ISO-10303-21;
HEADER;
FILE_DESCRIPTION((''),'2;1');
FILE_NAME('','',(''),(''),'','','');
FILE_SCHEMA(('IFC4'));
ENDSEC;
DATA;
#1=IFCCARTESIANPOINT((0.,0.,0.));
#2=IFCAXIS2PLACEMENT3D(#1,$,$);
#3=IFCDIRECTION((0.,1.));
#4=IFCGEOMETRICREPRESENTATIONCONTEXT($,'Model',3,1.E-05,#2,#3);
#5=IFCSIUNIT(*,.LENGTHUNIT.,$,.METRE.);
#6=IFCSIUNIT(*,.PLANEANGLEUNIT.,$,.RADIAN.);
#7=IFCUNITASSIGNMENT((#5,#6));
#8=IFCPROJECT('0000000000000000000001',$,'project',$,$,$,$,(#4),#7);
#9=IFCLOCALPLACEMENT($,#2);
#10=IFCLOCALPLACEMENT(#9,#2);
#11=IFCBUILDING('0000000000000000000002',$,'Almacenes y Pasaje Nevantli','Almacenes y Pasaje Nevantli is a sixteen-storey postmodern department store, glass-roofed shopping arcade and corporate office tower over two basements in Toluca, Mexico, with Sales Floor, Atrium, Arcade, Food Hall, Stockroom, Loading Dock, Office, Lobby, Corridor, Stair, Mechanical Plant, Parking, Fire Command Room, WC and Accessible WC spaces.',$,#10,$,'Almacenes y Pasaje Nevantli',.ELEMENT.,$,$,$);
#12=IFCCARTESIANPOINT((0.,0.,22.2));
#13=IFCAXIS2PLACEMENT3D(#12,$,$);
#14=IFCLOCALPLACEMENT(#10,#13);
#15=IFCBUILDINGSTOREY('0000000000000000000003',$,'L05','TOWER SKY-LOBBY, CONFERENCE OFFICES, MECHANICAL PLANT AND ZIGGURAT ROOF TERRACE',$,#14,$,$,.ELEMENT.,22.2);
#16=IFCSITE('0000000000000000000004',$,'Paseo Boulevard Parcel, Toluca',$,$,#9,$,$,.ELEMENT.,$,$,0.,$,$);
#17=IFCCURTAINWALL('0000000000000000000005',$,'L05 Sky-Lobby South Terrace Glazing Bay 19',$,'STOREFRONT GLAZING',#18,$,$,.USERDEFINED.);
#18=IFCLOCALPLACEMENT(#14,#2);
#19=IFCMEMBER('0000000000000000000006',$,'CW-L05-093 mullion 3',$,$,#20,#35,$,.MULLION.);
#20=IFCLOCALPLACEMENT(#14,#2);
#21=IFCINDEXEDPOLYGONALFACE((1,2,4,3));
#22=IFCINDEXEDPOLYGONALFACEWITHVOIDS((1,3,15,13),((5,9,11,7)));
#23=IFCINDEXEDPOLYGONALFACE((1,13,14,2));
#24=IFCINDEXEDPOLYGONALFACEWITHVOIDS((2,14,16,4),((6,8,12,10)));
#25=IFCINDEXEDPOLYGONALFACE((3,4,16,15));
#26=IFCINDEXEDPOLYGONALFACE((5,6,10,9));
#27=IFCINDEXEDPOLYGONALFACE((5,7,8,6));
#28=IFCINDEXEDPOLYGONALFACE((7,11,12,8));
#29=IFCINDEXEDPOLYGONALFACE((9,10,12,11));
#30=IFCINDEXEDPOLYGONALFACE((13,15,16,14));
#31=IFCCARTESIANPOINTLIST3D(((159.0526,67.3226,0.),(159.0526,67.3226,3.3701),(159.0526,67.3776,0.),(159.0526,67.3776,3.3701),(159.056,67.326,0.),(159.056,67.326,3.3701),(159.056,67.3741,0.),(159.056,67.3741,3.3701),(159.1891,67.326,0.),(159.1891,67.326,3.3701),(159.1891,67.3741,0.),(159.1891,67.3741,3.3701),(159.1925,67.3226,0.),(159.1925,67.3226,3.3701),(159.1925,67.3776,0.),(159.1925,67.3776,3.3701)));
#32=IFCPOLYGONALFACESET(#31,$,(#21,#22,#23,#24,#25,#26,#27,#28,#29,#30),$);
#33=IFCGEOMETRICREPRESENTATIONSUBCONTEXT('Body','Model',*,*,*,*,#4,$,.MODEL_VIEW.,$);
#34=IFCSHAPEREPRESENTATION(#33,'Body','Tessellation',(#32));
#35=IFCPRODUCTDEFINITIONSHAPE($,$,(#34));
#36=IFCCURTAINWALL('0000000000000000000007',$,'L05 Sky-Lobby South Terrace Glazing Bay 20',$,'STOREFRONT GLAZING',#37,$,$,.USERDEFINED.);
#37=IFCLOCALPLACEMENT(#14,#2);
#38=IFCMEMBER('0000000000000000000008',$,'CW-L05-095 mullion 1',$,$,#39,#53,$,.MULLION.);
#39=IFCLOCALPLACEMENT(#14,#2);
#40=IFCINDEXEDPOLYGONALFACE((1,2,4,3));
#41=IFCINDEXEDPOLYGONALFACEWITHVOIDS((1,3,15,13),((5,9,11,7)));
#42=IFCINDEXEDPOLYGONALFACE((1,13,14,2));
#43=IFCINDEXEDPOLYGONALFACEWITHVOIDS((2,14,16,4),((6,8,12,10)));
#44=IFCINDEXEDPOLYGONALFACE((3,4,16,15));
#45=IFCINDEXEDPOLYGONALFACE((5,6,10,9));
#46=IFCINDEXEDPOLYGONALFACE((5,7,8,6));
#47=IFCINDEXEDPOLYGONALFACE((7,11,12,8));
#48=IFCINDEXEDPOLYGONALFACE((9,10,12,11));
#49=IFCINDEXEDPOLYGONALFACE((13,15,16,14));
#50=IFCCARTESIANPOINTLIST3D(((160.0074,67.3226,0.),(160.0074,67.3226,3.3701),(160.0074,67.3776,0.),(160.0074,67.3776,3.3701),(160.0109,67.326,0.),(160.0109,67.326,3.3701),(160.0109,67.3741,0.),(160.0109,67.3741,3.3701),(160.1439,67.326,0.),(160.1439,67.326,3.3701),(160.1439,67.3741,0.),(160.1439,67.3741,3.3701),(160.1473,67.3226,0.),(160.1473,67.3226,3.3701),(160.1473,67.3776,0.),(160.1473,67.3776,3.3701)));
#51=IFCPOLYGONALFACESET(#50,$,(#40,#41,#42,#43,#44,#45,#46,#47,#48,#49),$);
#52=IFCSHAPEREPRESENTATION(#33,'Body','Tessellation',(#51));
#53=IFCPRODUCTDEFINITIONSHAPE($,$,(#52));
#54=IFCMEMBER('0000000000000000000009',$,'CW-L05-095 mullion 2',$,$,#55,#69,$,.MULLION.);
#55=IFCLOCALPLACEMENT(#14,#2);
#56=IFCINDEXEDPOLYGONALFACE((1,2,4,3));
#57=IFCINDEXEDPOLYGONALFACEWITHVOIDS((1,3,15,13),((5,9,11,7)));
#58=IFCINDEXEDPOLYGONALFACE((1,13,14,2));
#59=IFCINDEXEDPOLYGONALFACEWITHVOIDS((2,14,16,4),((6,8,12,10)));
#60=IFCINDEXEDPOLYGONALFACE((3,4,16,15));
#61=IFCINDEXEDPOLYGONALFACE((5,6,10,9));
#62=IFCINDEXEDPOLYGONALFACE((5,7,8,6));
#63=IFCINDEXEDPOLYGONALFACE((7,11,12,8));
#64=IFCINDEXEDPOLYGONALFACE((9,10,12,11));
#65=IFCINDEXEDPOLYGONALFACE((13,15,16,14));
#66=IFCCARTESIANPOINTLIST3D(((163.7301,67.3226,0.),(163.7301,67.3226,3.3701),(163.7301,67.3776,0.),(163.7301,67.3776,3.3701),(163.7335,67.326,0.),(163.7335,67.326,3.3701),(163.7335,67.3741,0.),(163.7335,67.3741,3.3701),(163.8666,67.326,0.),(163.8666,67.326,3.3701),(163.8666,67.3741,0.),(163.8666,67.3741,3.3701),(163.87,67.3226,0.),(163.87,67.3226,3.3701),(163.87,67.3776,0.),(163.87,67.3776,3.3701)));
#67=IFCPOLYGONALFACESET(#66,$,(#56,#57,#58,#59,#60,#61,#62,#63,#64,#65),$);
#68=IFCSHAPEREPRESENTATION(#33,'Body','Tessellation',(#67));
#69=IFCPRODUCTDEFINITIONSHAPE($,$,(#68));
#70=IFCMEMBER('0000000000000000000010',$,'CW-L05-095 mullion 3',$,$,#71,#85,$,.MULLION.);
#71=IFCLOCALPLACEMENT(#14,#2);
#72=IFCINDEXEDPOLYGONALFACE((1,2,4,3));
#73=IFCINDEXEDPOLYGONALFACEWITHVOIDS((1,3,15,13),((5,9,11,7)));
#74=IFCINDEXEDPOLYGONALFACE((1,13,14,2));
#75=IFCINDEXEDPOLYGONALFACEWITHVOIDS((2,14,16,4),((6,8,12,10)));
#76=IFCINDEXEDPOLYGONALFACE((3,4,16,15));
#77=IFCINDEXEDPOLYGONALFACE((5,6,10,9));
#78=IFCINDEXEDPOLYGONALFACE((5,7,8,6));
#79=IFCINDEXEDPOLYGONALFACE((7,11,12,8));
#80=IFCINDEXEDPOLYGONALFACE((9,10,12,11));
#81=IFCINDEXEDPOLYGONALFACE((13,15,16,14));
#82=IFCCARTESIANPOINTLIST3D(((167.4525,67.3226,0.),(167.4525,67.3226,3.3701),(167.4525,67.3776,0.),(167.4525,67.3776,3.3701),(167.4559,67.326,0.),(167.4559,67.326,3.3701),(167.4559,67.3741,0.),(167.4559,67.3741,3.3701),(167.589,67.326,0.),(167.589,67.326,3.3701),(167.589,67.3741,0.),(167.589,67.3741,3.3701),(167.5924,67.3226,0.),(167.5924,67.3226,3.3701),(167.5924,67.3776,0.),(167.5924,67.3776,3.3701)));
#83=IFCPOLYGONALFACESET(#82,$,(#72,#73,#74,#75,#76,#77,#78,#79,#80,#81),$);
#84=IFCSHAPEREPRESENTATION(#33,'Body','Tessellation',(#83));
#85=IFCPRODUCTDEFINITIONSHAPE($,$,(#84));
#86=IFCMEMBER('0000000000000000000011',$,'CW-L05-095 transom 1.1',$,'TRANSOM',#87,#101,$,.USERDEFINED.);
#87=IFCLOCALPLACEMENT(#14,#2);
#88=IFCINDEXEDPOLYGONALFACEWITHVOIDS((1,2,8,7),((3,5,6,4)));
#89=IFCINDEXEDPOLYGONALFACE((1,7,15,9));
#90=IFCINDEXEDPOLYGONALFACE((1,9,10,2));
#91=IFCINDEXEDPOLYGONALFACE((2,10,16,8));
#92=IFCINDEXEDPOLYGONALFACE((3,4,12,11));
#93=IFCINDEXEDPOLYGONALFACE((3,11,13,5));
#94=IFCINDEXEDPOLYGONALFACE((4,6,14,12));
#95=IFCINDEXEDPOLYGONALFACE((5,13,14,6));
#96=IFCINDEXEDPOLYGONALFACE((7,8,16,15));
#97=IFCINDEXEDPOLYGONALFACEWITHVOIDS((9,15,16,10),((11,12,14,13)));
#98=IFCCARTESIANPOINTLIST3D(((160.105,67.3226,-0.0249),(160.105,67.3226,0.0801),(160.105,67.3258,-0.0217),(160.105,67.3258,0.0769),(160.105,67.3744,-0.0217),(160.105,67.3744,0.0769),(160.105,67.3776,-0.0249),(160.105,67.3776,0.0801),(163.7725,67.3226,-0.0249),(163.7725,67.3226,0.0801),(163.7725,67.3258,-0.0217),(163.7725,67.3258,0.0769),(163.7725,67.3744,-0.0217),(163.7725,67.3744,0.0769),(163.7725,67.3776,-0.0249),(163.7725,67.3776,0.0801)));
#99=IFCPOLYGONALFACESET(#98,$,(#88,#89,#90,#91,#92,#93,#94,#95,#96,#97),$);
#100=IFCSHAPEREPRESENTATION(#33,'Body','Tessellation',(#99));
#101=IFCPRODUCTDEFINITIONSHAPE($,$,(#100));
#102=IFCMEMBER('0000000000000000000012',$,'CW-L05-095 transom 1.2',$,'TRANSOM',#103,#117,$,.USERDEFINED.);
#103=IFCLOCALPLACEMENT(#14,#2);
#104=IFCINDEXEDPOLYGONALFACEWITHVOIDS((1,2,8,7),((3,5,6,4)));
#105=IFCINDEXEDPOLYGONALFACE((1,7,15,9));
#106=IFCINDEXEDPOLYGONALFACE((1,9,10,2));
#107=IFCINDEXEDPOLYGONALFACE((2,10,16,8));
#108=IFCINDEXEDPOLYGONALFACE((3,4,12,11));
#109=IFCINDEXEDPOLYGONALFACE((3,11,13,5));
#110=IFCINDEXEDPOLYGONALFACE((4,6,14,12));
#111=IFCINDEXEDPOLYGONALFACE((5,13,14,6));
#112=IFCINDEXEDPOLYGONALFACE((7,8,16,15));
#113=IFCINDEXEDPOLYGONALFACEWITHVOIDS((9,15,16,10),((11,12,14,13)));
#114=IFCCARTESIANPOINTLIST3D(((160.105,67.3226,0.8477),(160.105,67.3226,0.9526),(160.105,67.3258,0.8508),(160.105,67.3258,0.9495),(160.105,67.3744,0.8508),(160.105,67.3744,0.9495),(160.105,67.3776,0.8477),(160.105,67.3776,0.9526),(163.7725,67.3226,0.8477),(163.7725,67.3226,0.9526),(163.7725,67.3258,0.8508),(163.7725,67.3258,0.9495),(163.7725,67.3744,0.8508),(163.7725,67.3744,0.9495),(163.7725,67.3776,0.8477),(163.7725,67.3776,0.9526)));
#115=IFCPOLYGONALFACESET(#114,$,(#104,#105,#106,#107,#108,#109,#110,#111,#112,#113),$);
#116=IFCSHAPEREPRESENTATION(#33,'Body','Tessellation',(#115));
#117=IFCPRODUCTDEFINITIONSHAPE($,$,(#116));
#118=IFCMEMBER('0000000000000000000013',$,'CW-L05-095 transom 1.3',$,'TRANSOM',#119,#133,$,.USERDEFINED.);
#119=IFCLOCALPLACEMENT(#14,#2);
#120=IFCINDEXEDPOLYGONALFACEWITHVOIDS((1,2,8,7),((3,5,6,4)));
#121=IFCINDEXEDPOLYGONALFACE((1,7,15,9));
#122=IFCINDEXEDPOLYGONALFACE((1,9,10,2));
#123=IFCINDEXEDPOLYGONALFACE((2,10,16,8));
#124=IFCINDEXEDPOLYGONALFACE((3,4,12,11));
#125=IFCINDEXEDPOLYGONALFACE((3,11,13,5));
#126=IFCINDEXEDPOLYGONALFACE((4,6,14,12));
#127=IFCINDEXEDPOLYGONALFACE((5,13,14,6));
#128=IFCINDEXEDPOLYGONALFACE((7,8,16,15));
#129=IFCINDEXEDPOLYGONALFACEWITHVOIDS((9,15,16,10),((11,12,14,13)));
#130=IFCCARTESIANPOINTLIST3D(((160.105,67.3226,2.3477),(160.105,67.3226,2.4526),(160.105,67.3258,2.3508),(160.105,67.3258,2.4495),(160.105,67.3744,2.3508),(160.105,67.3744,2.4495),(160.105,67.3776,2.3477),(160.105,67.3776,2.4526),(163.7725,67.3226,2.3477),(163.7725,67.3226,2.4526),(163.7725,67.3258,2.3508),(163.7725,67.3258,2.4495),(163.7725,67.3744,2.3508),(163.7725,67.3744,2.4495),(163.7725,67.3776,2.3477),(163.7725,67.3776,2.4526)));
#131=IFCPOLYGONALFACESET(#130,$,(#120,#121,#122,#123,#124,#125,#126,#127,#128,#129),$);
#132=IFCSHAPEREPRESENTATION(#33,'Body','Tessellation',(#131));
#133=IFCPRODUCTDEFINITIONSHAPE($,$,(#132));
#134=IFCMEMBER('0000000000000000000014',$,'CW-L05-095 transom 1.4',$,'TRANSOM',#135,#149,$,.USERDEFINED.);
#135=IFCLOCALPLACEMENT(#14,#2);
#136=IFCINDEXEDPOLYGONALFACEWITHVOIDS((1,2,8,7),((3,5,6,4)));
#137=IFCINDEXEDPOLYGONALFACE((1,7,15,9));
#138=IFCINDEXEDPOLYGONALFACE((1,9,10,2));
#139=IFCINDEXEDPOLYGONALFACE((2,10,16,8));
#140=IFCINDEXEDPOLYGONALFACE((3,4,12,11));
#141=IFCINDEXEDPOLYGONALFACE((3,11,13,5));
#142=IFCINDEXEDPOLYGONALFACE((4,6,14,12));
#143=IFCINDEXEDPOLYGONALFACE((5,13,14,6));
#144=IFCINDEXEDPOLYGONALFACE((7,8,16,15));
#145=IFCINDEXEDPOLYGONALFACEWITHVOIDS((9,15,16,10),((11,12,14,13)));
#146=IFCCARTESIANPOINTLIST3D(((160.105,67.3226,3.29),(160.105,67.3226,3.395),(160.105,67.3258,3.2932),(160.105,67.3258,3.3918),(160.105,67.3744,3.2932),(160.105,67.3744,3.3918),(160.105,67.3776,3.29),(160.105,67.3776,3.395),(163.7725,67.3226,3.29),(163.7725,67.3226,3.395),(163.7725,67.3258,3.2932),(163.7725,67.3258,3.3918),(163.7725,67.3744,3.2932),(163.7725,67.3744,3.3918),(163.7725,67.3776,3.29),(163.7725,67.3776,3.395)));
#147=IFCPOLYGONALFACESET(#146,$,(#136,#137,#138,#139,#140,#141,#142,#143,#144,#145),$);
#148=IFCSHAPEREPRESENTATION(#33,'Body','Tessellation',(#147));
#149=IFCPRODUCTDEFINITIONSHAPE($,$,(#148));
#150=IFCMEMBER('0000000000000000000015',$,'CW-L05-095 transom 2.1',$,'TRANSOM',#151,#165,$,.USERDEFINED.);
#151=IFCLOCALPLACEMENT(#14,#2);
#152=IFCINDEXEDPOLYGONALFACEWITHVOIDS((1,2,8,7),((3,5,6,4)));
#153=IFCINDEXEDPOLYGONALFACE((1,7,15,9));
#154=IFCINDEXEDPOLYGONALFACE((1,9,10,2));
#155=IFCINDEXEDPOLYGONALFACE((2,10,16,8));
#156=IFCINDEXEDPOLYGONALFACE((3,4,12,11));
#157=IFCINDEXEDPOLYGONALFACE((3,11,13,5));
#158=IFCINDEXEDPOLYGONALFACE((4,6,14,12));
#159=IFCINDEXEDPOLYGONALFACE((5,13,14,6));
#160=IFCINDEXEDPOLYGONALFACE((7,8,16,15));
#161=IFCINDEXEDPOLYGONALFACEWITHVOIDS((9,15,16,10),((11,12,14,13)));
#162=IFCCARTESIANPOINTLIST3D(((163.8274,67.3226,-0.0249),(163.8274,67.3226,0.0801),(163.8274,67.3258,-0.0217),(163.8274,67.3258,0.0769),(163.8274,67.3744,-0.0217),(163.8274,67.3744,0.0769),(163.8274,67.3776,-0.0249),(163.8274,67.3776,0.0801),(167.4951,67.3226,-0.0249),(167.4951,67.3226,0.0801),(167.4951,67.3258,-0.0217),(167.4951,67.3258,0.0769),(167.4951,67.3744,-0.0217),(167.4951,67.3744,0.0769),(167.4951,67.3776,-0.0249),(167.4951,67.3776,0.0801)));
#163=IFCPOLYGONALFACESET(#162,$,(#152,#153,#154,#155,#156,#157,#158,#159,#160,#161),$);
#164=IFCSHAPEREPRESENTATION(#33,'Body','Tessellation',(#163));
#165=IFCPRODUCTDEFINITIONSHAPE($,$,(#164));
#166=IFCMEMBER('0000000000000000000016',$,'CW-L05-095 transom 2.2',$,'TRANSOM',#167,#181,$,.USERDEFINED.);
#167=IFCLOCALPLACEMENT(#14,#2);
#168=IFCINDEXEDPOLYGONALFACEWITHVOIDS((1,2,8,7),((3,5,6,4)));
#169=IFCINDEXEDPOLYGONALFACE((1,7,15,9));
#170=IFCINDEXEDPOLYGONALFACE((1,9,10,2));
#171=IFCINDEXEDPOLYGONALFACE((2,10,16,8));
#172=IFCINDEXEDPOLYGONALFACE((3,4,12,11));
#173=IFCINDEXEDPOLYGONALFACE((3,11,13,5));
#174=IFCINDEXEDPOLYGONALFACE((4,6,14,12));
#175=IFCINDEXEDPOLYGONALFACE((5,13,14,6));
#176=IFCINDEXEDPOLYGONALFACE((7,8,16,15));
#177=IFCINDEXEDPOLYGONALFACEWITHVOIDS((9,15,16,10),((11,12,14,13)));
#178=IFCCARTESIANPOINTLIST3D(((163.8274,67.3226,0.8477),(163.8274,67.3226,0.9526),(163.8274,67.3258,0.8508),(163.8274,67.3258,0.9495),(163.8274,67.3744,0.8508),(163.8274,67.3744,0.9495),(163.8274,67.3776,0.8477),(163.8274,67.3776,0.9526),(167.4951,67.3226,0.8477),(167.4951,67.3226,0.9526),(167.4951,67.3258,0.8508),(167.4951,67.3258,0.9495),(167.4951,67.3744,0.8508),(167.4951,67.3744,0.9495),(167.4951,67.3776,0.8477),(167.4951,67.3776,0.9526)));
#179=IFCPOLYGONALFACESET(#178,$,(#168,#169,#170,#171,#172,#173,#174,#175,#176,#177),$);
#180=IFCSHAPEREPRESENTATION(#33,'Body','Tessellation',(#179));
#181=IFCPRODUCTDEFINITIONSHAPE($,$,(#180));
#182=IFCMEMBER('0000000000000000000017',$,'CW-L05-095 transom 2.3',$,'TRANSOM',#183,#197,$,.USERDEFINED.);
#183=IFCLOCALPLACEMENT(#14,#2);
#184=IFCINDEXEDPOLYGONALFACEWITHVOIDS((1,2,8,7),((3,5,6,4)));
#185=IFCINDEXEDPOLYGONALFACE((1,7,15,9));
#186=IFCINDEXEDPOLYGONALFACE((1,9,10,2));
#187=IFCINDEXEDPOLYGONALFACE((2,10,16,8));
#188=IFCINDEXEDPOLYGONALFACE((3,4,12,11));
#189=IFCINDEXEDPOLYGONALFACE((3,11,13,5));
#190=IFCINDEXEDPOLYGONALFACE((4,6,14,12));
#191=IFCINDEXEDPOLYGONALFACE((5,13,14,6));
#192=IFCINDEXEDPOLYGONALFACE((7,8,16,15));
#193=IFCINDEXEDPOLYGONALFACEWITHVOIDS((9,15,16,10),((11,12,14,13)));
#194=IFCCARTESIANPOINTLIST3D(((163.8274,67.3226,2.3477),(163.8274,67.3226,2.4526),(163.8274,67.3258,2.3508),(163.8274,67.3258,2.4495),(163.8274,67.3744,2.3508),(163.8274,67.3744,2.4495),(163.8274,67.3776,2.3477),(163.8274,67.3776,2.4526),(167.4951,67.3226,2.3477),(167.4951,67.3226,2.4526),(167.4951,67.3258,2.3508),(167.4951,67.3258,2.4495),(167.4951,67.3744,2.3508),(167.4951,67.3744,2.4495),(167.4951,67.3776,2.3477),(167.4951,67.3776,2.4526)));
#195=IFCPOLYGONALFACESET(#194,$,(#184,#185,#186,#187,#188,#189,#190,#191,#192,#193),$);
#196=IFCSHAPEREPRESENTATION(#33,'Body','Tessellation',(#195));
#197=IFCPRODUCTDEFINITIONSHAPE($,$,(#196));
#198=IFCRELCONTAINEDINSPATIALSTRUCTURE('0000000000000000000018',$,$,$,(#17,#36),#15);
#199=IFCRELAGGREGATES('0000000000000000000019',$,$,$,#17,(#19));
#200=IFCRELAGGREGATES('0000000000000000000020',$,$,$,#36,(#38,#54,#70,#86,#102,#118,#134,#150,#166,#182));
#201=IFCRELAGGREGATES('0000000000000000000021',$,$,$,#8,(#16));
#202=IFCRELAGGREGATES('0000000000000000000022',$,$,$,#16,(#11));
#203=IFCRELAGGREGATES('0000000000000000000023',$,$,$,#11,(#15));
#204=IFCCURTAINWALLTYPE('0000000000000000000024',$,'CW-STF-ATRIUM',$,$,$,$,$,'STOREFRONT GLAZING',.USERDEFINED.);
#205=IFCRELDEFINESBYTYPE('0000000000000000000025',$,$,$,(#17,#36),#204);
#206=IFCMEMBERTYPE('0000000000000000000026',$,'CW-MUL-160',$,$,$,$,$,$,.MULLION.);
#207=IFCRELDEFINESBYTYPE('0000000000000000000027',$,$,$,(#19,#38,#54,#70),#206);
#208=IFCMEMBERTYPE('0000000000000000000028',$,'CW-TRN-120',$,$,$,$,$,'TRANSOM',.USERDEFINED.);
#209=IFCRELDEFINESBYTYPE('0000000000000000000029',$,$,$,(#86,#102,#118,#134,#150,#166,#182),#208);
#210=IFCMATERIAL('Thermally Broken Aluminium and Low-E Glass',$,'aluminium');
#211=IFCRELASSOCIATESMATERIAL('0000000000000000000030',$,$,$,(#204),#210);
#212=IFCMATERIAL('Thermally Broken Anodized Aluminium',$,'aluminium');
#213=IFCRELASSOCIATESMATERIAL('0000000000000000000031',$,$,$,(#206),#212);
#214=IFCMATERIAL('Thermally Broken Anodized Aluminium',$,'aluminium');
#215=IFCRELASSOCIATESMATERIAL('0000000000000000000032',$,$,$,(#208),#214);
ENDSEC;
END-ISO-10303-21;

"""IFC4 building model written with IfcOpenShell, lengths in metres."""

from ifc_helpers import new_model, si_unit, direction, frame, origin, origin_2d, place, context, subcontext, project, spatial, hollow_rectangle, extrude, material, material_profile, profile_set, type_object, element, aggregate, save


model = new_model("IFC4")

# Units and contexts
model_context = context("Model", 3, precision=1e-05, world=origin(), true_north=direction((0.0, 1.0)))
body_context = subcontext(model_context, "Body", "Model", "MODEL_VIEW")
ifc_project = project(units=[si_unit("LENGTHUNIT", "METRE"), si_unit("PLANEANGLEUNIT", "RADIAN")], contexts=[model_context])

# Site, building, storey
site_placement = place(None, origin())
site = spatial("IfcSite", under=ifc_project, at=site_placement, Name="Paseo Boulevard Parcel, Toluca", CompositionType="ELEMENT", RefElevation=0.0)
building_placement = place(site_placement, origin())
building = spatial("IfcBuilding", under=site, at=building_placement, Name="Almacenes y Pasaje Nevantli", Description="Almacenes y Pasaje Nevantli is a sixteen-storey postmodern department store, glass-roofed shopping arcade and corporate office tower over two basements in Toluca, Mexico, with Sales Floor, Atrium, Arcade, Food Hall, Stockroom, Loading Dock, Office, Lobby, Corridor, Stair, Mechanical Plant, Parking, Fire Command Room, WC and Accessible WC spaces.", LongName="Almacenes y Pasaje Nevantli", CompositionType="ELEMENT")
storey_placement = place(building_placement, frame((0.0, 0.0, 22.2)))
storey = spatial("IfcBuildingStorey", under=building, at=storey_placement, Name="L05", Description="TOWER SKY-LOBBY, CONFERENCE OFFICES, MECHANICAL PLANT AND ZIGGURAT ROOF TERRACE", CompositionType="ELEMENT", Elevation=22.2)

# Curtain wall, member
ifc_material_1 = material(Name="Thermally Broken Aluminium and Low-E Glass", Category="aluminium")
curtain_wall_type = type_object("IfcCurtainWallType", Name="CW-STF-ATRIUM", ElementType="STOREFRONT GLAZING", PredefinedType="USERDEFINED", material=ifc_material_1)
curtain_wall_1_placement = place(storey_placement, origin())
curtain_wall_1 = element("IfcCurtainWall", 1, at=curtain_wall_1_placement, inside=storey, type_object=curtain_wall_type, Name="L05 Sky-Lobby South Terrace Glazing Bay 19", ObjectType="STOREFRONT GLAZING", PredefinedType="USERDEFINED")
ifc_material_2 = material(Name="Thermally Broken Anodized Aluminium", Category="aluminium")
ifc_material_profile_1 = material_profile(ifc_material_2, hollow_rectangle(XDim=0.0549, YDim=0.1399, WallThickness=0.0034, at=origin_2d()), Name="ALU-MUL-55x140")
ifc_profile_set_1 = profile_set([ifc_material_profile_1], Name="Thermally Broken Anodized Aluminium")
member_type_1 = type_object("IfcMemberType", Name="CW-MUL-160", PredefinedType="MULLION", material=ifc_profile_set_1)
member_1_placement = place(storey_placement, frame((159.1226, 67.3501, 0.0), z_axis=(0.0, 0.0, 1.0), x_axis=(0.0, 1.0, 0.0)))
member_1 = element("IfcMember", 2, at=member_1_placement, type_object=member_type_1, Name="CW-L05-093 mullion 3", PredefinedType="MULLION", context=body_context, shape_type="SweptSolid", body=[
    extrude(hollow_rectangle(XDim=0.0549, YDim=0.1399, WallThickness=0.0034, at=origin_2d()), origin(), (0.0, 0.0, 1.0), 3.3701),
])

# Curtain wall, members
curtain_wall_2_placement = place(storey_placement, origin())
curtain_wall_2 = element("IfcCurtainWall", 3, at=curtain_wall_2_placement, inside=storey, type_object=curtain_wall_type, Name="L05 Sky-Lobby South Terrace Glazing Bay 20", ObjectType="STOREFRONT GLAZING", PredefinedType="USERDEFINED")
member_2_placement = place(storey_placement, frame((160.0774, 67.3501, 0.0), z_axis=(0.0, 0.0, 1.0), x_axis=(0.0, 1.0, 0.0)))
member_2 = element("IfcMember", 4, at=member_2_placement, type_object=member_type_1, Name="CW-L05-095 mullion 1", PredefinedType="MULLION", context=body_context, shape_type="SweptSolid", body=[
    extrude(hollow_rectangle(XDim=0.0549, YDim=0.1399, WallThickness=0.0034, at=origin_2d()), origin(), (0.0, 0.0, 1.0), 3.3701),
])
member_3_placement = place(storey_placement, frame((163.8, 67.3501, 0.0), z_axis=(0.0, 0.0, 1.0), x_axis=(0.0, 1.0, 0.0)))
member_3 = element("IfcMember", 5, at=member_3_placement, type_object=member_type_1, Name="CW-L05-095 mullion 2", PredefinedType="MULLION", context=body_context, shape_type="SweptSolid", body=[
    extrude(hollow_rectangle(XDim=0.0549, YDim=0.1399, WallThickness=0.0034, at=origin_2d()), origin(), (0.0, 0.0, 1.0), 3.3701),
])
member_4_placement = place(storey_placement, frame((167.5225, 67.3501, 0.0), z_axis=(0.0, 0.0, 1.0), x_axis=(0.0, 1.0, 0.0)))
member_4 = element("IfcMember", 6, at=member_4_placement, type_object=member_type_1, Name="CW-L05-095 mullion 3", PredefinedType="MULLION", context=body_context, shape_type="SweptSolid", body=[
    extrude(hollow_rectangle(XDim=0.0549, YDim=0.1399, WallThickness=0.0034, at=origin_2d()), origin(), (0.0, 0.0, 1.0), 3.3701),
])
ifc_material_3 = material(Name="Thermally Broken Anodized Aluminium", Category="aluminium")
ifc_material_profile_2 = material_profile(ifc_material_3, hollow_rectangle(XDim=0.0549, YDim=0.105, WallThickness=0.0032, at=origin_2d()), Name="ALU-TRN-55x105")
ifc_profile_set_2 = profile_set([ifc_material_profile_2], Name="Thermally Broken Anodized Aluminium")
member_type_2 = type_object("IfcMemberType", Name="CW-TRN-120", ElementType="TRANSOM", PredefinedType="USERDEFINED", material=ifc_profile_set_2)
member_5_placement = place(storey_placement, frame((160.105, 67.3501, 0.0276), z_axis=(1.0, 0.0, 0.0), x_axis=(0.0, 1.0, 0.0)))
member_5 = element("IfcMember", 7, at=member_5_placement, type_object=member_type_2, Name="CW-L05-095 transom 1.1", ObjectType="TRANSOM", PredefinedType="USERDEFINED", context=body_context, shape_type="SweptSolid", body=[
    extrude(hollow_rectangle(XDim=0.0549, YDim=0.105, WallThickness=0.0032, at=origin_2d()), origin(), (0.0, 0.0, 1.0), 3.6675),
])
member_6_placement = place(storey_placement, frame((160.105, 67.3501, 0.9001), z_axis=(1.0, 0.0, 0.0), x_axis=(0.0, 1.0, 0.0)))
member_6 = element("IfcMember", 8, at=member_6_placement, type_object=member_type_2, Name="CW-L05-095 transom 1.2", ObjectType="TRANSOM", PredefinedType="USERDEFINED", context=body_context, shape_type="SweptSolid", body=[
    extrude(hollow_rectangle(XDim=0.0549, YDim=0.105, WallThickness=0.0032, at=origin_2d()), origin(), (0.0, 0.0, 1.0), 3.6675),
])
member_7_placement = place(storey_placement, frame((160.105, 67.3501, 2.4001), z_axis=(1.0, 0.0, 0.0), x_axis=(0.0, 1.0, 0.0)))
member_7 = element("IfcMember", 9, at=member_7_placement, type_object=member_type_2, Name="CW-L05-095 transom 1.3", ObjectType="TRANSOM", PredefinedType="USERDEFINED", context=body_context, shape_type="SweptSolid", body=[
    extrude(hollow_rectangle(XDim=0.0549, YDim=0.105, WallThickness=0.0032, at=origin_2d()), origin(), (0.0, 0.0, 1.0), 3.6675),
])
member_8_placement = place(storey_placement, frame((160.105, 67.3501, 3.3425), z_axis=(1.0, 0.0, 0.0), x_axis=(0.0, 1.0, 0.0)))
member_8 = element("IfcMember", 10, at=member_8_placement, type_object=member_type_2, Name="CW-L05-095 transom 1.4", ObjectType="TRANSOM", PredefinedType="USERDEFINED", context=body_context, shape_type="SweptSolid", body=[
    extrude(hollow_rectangle(XDim=0.0549, YDim=0.105, WallThickness=0.0032, at=origin_2d()), origin(), (0.0, 0.0, 1.0), 3.6675),
])
member_9_placement = place(storey_placement, frame((163.8274, 67.3501, 0.0276), z_axis=(1.0, 0.0, 0.0), x_axis=(0.0, 1.0, 0.0)))
member_9 = element("IfcMember", 11, at=member_9_placement, type_object=member_type_2, Name="CW-L05-095 transom 2.1", ObjectType="TRANSOM", PredefinedType="USERDEFINED", context=body_context, shape_type="SweptSolid", body=[
    extrude(hollow_rectangle(XDim=0.0549, YDim=0.105, WallThickness=0.0032, at=origin_2d()), origin(), (0.0, 0.0, 1.0), 3.6677),
])
member_10_placement = place(storey_placement, frame((163.8274, 67.3501, 0.9001), z_axis=(1.0, 0.0, 0.0), x_axis=(0.0, 1.0, 0.0)))
member_10 = element("IfcMember", 12, at=member_10_placement, type_object=member_type_2, Name="CW-L05-095 transom 2.2", ObjectType="TRANSOM", PredefinedType="USERDEFINED", context=body_context, shape_type="SweptSolid", body=[
    extrude(hollow_rectangle(XDim=0.0549, YDim=0.105, WallThickness=0.0032, at=origin_2d()), origin(), (0.0, 0.0, 1.0), 3.6677),
])
member_11_placement = place(storey_placement, frame((163.8274, 67.3501, 2.4001), z_axis=(1.0, 0.0, 0.0), x_axis=(0.0, 1.0, 0.0)))
member_11 = element("IfcMember", 13, at=member_11_placement, type_object=member_type_2, Name="CW-L05-095 transom 2.3", ObjectType="TRANSOM", PredefinedType="USERDEFINED", context=body_context, shape_type="SweptSolid", body=[
    extrude(hollow_rectangle(XDim=0.0549, YDim=0.105, WallThickness=0.0032, at=origin_2d()), origin(), (0.0, 0.0, 1.0), 3.6677),
])

aggregate(curtain_wall_1, [member_1])
aggregate(curtain_wall_2, [member_2, member_3, member_4, member_5, member_6, member_7, member_8, member_9, member_10, member_11])

save(model, "model.ifc")
